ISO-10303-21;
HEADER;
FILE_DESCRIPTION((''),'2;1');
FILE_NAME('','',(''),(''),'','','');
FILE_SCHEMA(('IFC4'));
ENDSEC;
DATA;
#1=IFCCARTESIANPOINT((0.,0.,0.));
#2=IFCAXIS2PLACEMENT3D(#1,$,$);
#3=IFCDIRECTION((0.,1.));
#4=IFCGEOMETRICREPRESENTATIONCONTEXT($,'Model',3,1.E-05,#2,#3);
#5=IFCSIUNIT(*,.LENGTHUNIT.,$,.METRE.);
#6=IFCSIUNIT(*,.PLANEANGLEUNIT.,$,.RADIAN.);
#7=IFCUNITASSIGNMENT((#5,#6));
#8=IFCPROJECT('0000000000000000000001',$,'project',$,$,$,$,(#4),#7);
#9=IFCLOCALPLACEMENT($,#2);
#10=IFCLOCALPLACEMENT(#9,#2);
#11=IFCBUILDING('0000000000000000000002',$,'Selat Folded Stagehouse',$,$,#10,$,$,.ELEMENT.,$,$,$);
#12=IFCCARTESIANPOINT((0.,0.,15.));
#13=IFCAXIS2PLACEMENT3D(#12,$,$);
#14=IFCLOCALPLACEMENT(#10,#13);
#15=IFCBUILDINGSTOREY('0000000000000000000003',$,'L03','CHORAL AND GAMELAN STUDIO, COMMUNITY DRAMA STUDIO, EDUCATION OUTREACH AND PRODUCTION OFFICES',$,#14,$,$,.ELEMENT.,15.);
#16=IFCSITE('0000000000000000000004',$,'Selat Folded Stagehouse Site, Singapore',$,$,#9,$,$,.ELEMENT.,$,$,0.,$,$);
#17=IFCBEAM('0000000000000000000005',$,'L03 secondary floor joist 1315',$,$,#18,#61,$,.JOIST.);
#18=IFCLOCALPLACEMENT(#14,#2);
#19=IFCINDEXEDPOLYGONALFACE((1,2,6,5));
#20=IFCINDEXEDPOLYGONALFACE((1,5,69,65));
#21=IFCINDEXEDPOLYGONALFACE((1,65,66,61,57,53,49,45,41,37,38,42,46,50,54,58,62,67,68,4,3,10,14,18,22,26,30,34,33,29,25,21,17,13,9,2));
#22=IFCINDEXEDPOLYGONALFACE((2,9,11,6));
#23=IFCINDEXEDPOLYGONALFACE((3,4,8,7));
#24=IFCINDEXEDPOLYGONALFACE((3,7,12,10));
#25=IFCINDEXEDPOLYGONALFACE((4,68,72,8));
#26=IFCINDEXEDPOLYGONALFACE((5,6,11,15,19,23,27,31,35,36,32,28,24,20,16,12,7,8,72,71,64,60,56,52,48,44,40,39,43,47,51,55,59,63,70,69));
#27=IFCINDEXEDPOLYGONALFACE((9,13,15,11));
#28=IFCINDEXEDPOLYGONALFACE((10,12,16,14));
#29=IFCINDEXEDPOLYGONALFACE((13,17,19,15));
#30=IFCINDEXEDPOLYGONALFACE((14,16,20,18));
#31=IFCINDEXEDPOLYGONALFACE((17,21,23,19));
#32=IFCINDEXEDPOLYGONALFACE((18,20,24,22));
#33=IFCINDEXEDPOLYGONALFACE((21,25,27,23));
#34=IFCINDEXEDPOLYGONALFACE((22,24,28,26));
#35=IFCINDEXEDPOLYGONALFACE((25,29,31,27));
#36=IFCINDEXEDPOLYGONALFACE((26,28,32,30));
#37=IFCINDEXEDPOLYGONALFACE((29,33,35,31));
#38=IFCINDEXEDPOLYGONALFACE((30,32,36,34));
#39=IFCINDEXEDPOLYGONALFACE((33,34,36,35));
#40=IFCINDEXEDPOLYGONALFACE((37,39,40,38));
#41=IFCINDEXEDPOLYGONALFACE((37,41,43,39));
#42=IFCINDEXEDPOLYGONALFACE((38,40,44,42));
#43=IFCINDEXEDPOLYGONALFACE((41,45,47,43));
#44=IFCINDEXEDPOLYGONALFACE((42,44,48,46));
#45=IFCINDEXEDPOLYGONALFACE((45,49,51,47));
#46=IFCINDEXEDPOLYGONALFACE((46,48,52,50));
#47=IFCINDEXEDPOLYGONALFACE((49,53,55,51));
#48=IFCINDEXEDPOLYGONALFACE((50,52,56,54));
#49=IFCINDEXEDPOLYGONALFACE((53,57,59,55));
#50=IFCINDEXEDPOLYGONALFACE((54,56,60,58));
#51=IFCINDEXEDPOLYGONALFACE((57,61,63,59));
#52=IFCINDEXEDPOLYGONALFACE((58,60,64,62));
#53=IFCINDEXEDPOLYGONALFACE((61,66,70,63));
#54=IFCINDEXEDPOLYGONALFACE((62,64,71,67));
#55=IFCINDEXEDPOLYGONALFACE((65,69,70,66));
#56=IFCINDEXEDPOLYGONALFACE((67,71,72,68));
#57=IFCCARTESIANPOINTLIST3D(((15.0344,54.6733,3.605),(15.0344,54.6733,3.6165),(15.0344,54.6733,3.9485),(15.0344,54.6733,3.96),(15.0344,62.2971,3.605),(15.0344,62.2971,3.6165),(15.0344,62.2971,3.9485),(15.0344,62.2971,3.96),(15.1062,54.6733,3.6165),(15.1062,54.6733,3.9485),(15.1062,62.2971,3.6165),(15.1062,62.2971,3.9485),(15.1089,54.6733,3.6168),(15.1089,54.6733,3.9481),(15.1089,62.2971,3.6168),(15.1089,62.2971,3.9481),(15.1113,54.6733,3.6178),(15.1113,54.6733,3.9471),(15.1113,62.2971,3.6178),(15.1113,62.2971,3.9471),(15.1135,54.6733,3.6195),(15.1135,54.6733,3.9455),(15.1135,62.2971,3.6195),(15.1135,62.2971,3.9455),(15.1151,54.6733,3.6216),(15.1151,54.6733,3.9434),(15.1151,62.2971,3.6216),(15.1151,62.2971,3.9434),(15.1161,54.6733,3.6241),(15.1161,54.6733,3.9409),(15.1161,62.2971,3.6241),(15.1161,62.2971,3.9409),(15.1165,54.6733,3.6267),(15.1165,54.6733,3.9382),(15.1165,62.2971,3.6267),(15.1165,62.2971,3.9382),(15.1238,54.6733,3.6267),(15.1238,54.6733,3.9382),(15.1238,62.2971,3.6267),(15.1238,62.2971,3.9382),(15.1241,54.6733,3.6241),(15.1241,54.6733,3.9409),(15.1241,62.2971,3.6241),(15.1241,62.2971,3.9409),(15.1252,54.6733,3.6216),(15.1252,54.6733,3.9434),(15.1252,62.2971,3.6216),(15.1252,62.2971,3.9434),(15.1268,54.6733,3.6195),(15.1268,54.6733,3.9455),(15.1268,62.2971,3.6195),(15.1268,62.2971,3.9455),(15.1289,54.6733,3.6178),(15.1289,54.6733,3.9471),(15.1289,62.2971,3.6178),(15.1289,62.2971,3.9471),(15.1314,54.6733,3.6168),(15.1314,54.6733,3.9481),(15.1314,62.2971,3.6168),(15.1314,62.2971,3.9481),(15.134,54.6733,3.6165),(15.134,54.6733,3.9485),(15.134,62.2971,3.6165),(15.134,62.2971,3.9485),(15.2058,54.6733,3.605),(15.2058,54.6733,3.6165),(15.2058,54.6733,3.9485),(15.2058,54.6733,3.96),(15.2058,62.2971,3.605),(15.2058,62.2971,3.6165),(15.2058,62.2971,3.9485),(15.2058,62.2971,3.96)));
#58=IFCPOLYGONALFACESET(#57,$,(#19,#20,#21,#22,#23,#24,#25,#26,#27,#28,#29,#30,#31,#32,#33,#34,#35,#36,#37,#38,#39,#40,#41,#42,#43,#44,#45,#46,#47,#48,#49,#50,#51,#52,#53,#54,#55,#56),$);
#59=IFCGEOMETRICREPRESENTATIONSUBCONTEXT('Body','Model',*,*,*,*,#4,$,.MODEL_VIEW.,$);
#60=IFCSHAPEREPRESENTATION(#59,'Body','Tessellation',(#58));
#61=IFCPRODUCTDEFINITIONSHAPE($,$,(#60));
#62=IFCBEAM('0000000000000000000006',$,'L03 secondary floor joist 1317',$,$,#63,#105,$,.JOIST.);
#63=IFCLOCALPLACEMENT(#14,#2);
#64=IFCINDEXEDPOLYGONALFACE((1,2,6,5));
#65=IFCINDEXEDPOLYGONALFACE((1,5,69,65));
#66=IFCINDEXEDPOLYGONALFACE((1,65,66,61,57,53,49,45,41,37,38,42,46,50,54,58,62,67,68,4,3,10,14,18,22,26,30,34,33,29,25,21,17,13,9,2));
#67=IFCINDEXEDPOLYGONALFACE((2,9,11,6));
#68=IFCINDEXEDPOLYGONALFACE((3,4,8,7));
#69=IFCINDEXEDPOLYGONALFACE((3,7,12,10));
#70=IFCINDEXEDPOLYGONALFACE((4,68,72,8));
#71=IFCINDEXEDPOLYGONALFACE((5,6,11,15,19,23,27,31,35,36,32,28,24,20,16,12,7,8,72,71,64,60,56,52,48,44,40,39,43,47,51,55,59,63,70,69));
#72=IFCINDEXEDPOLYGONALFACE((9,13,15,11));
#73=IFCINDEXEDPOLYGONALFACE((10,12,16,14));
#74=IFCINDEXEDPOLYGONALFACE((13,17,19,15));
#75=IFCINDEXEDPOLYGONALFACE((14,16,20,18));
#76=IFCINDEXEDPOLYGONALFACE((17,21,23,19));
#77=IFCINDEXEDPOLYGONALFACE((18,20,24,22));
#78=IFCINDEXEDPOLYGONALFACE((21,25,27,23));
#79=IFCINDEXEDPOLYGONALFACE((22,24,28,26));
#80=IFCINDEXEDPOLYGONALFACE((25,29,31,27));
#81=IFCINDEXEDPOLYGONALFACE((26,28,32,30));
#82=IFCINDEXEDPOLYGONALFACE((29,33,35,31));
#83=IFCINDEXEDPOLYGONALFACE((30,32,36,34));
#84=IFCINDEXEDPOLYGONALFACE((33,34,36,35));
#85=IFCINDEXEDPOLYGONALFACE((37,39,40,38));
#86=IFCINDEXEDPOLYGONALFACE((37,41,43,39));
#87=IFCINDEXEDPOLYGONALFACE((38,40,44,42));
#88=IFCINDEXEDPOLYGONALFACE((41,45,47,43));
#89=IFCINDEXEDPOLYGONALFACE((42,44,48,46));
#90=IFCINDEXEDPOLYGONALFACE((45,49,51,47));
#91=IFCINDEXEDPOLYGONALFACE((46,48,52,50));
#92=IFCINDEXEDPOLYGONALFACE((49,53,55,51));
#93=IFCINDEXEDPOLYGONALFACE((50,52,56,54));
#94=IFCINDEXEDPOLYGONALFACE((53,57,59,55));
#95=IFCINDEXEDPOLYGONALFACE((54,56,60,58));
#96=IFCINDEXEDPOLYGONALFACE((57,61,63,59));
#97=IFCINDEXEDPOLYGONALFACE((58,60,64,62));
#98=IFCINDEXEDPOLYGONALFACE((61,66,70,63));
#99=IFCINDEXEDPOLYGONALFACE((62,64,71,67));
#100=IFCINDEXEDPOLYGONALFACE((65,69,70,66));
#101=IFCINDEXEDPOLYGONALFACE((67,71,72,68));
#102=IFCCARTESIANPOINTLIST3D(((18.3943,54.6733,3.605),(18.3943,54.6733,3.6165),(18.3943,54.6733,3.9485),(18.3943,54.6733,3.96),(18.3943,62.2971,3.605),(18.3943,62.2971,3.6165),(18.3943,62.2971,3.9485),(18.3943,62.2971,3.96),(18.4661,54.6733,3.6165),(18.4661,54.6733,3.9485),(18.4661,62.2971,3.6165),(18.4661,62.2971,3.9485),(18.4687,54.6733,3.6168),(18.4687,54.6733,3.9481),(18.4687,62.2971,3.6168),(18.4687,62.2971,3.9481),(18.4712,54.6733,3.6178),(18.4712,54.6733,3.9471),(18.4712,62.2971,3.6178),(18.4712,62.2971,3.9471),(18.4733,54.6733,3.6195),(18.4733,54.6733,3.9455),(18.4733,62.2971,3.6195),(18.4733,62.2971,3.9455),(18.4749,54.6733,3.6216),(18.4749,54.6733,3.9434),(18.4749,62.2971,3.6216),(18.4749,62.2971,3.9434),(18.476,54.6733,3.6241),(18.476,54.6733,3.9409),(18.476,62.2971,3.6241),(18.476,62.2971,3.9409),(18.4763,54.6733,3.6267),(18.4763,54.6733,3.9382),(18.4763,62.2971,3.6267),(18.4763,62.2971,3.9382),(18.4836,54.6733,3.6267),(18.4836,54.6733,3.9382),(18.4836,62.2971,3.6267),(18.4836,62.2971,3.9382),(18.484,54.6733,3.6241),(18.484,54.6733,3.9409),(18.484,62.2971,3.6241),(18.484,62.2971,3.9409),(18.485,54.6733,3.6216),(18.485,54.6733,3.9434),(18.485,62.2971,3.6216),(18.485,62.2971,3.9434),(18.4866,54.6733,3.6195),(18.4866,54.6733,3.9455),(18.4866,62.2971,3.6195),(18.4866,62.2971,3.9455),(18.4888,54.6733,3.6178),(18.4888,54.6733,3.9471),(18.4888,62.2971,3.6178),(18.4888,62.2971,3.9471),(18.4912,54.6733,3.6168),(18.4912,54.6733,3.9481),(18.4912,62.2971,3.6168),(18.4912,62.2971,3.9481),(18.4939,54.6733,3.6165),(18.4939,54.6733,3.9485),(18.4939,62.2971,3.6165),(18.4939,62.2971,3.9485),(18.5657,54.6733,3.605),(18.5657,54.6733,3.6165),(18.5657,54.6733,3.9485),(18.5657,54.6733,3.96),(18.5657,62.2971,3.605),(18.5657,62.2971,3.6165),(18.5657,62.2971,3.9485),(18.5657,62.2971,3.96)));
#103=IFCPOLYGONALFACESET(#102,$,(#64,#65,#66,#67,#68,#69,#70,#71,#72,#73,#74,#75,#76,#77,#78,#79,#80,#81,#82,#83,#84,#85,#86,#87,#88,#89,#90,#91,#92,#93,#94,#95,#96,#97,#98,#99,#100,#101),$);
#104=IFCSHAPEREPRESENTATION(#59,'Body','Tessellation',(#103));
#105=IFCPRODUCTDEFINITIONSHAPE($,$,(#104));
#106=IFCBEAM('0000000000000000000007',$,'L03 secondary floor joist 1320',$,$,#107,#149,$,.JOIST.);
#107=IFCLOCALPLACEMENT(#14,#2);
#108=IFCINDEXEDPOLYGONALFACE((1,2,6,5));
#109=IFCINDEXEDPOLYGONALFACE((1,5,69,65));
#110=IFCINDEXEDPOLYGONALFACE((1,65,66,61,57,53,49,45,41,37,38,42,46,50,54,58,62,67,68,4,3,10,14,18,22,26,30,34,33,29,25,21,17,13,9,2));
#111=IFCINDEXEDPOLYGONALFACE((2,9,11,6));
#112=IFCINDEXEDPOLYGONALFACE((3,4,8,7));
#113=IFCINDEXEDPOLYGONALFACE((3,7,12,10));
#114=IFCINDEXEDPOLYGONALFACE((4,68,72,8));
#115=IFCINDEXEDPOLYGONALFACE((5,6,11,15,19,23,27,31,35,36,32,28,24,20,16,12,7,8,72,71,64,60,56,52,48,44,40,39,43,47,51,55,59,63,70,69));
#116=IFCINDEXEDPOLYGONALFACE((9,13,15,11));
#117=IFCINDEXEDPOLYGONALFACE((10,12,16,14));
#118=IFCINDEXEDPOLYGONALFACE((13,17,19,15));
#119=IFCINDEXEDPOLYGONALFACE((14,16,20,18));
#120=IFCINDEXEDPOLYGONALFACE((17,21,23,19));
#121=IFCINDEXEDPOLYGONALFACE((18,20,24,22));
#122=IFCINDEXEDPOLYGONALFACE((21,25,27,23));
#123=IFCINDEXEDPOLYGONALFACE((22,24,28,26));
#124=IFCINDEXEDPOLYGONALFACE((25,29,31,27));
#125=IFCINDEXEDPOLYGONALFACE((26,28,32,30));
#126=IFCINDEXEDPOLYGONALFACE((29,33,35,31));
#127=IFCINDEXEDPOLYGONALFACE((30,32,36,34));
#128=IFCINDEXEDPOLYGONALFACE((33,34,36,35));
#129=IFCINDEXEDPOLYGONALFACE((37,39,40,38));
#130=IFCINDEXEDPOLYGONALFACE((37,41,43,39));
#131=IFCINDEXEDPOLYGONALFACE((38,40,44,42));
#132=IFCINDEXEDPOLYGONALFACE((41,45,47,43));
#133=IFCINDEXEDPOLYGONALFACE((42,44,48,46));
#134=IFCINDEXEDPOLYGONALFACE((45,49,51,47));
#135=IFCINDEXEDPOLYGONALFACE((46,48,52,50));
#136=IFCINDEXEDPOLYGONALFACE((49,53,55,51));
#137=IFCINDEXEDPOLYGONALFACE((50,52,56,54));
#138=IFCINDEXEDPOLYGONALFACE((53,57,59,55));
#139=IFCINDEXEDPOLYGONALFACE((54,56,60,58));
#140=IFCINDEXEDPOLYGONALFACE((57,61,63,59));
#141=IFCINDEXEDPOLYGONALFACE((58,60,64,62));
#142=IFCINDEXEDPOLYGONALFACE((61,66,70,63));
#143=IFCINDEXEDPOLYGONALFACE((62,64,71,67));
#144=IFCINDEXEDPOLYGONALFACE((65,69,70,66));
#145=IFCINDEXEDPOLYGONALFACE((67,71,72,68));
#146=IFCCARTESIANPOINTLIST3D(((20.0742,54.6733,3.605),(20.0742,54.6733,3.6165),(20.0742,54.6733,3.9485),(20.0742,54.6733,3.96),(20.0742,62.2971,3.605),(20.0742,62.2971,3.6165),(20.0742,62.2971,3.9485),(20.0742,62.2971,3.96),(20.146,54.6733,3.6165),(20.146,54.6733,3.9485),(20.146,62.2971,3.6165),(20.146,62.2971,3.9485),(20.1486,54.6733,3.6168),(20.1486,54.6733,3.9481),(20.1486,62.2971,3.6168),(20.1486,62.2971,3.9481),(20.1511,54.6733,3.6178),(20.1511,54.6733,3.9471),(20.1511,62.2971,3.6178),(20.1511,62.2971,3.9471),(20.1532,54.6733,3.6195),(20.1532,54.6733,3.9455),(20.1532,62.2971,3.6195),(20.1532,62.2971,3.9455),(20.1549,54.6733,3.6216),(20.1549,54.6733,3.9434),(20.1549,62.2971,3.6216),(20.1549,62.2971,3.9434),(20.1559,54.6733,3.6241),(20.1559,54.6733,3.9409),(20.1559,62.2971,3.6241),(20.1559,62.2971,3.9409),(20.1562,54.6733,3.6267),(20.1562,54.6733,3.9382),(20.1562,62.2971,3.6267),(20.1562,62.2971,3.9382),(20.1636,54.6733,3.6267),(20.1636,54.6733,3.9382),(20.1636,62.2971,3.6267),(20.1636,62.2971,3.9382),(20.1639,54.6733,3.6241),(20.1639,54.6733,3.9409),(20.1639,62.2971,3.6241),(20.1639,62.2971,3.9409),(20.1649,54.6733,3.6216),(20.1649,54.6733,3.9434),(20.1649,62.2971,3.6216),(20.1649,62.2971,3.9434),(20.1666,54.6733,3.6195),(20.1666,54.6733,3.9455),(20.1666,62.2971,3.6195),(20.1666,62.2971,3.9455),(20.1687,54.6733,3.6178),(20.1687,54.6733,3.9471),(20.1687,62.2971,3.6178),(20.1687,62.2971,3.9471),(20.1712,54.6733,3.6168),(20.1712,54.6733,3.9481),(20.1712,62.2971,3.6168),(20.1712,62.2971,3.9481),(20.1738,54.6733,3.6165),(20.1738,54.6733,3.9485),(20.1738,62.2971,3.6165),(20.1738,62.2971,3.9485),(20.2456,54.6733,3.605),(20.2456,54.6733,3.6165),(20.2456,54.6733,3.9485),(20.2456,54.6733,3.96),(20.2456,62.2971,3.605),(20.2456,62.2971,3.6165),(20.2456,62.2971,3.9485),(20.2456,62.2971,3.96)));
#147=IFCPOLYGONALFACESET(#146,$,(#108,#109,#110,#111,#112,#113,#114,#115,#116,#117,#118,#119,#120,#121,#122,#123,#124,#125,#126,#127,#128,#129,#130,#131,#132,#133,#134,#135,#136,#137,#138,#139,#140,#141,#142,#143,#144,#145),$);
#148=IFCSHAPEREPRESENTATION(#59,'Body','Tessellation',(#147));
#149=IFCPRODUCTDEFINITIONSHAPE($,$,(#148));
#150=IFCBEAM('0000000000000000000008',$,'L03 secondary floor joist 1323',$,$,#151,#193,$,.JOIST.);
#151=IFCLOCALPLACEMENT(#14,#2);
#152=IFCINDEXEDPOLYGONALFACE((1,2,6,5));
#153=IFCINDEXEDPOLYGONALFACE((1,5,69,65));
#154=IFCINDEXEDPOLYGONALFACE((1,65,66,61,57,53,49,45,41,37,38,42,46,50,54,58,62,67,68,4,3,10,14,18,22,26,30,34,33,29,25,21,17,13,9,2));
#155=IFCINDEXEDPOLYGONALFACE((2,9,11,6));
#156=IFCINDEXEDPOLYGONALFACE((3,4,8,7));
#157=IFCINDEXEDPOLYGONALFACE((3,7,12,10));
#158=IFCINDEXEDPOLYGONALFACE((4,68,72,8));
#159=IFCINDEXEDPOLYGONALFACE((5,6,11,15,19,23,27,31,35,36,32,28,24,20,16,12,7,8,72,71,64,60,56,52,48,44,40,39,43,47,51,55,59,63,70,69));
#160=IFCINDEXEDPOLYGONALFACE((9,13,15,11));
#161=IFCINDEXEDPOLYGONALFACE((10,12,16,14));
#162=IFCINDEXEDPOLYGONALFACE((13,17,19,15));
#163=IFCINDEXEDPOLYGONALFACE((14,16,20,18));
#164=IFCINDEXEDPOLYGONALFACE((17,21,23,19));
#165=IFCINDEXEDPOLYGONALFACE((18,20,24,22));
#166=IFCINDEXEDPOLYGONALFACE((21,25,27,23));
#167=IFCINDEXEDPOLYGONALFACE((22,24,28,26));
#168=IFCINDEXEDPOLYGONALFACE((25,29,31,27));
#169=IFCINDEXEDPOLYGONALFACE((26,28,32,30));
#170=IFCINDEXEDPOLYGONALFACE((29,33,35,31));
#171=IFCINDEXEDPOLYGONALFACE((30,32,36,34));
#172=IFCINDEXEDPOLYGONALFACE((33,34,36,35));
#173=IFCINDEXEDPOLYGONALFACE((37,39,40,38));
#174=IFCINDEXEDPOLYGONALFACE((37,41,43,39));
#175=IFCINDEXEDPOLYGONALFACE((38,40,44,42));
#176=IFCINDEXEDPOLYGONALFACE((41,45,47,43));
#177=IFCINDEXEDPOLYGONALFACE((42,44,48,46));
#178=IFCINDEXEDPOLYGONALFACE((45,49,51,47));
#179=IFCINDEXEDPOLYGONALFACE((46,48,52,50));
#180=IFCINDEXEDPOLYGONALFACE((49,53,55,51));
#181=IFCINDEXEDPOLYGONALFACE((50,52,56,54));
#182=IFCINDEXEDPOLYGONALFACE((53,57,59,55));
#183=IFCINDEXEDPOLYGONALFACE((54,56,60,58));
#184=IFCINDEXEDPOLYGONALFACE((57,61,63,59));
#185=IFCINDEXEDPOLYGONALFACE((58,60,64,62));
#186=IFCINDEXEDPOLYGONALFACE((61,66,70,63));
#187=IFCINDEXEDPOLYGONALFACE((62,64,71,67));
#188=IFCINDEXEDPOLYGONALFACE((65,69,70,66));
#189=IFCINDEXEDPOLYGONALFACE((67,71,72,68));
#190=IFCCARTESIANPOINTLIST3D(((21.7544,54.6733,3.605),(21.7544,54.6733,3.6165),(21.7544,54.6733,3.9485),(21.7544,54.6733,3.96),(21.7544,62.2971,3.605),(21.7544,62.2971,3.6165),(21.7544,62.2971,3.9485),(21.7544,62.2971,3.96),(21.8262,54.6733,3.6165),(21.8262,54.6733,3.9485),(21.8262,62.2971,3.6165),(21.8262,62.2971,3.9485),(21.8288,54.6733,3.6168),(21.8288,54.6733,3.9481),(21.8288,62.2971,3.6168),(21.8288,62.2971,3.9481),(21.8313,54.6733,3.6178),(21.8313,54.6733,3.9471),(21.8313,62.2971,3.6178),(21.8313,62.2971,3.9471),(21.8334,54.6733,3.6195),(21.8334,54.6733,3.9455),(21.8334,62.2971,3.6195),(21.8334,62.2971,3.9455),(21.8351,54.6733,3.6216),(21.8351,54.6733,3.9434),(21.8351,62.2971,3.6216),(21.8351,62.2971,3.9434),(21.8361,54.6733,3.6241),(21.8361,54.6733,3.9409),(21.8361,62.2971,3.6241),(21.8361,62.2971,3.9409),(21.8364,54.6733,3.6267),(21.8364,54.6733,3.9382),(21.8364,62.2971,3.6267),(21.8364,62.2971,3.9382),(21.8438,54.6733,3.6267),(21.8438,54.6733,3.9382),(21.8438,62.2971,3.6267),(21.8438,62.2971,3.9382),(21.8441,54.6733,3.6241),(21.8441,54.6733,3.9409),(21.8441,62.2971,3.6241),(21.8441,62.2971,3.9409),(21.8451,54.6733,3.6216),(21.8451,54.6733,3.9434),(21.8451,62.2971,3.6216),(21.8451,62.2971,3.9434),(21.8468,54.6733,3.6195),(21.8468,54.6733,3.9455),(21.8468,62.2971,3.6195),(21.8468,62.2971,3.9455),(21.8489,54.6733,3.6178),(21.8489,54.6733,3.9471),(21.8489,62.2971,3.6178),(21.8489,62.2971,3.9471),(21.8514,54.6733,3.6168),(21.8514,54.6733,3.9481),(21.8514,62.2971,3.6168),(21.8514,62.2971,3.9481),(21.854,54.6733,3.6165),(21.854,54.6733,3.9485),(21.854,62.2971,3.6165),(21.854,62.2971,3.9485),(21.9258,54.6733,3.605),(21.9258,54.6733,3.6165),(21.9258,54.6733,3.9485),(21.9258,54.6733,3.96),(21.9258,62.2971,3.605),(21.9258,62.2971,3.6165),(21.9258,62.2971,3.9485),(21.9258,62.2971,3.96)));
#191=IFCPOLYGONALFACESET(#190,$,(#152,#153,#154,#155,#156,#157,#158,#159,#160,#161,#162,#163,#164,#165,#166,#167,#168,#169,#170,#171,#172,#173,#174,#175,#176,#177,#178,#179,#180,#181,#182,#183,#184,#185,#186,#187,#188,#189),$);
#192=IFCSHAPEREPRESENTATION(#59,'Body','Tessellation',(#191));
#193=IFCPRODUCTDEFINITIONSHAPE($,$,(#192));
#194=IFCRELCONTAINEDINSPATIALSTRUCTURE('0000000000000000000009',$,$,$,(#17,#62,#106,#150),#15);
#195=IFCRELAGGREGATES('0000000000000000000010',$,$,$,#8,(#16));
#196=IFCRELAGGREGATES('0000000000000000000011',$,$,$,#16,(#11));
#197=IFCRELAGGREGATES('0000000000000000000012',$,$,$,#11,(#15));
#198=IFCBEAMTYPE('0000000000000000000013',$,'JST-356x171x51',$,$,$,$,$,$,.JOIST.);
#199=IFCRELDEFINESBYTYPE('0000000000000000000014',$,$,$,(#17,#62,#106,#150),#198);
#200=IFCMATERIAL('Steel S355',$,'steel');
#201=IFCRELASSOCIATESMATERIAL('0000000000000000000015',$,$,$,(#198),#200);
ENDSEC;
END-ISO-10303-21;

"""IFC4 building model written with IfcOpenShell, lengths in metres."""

from ifc_helpers import new_model, si_unit, direction, frame, origin, origin_2d, place, context, subcontext, project, spatial, i_section, extrude, material, material_profile, profile_set, type_object, element, save


model = new_model("IFC4")

# Units and contexts
model_context = context("Model", 3, precision=1e-05, world=origin(), true_north=direction((0.0, 1.0)))
body_context = subcontext(model_context, "Body", "Model", "MODEL_VIEW")
ifc_project = project(units=[si_unit("LENGTHUNIT", "METRE"), si_unit("PLANEANGLEUNIT", "RADIAN")], contexts=[model_context])

# Site, building, storey
site_placement = place(None, origin())
site = spatial("IfcSite", under=ifc_project, at=site_placement, Name="Selat Folded Stagehouse Site, Singapore", CompositionType="ELEMENT", RefElevation=0.0)
building_placement = place(site_placement, origin())
building = spatial("IfcBuilding", under=site, at=building_placement, Name="Selat Folded Stagehouse", CompositionType="ELEMENT")
storey_placement = place(building_placement, frame((0.0, 0.0, 15.0)))
storey = spatial("IfcBuildingStorey", under=building, at=storey_placement, Name="L03", Description="CHORAL AND GAMELAN STUDIO, COMMUNITY DRAMA STUDIO, EDUCATION OUTREACH AND PRODUCTION OFFICES", CompositionType="ELEMENT", Elevation=15.0)

# Shared definitions
ifc_material_1 = material(Name="Steel S355", Category="steel")

# Beams
ifc_material_profile_1 = material_profile(ifc_material_1, i_section(OverallWidth=0.1714, OverallDepth=0.355, WebThickness=0.0073, FlangeThickness=0.0115, FilletRadius=0.0103, at=origin_2d()), Name="UKB 356x171x51")
ifc_profile_set_1 = profile_set([ifc_material_profile_1], Name="Steel S355")
beam_type_1 = type_object("IfcBeamType", Name="JST-356x171x51", PredefinedType="JOIST", material=ifc_profile_set_1)
for number, where, z_axis, x_axis, name in (
    (1, (15.1201, 54.6733, 3.7825), (0.0, 1.0, 0.0), (-1.0, 0.0, 0.0), "L03 secondary floor joist 1315"),
    (2, (18.48, 54.6733, 3.7825), (0.0, 1.0, 0.0), (-1.0, 0.0, 0.0), "L03 secondary floor joist 1317"),
    (3, (20.1599, 54.6733, 3.7825), (0.0, 1.0, 0.0), (-1.0, 0.0, 0.0), "L03 secondary floor joist 1320"),
    (4, (21.8401, 54.6733, 3.7825), (0.0, 1.0, 0.0), (-1.0, 0.0, 0.0), "L03 secondary floor joist 1323"),
):
    element("IfcBeam", number, at=place(storey_placement, frame(where, z_axis=z_axis, x_axis=x_axis)), inside=storey, type_object=beam_type_1, Name=name, PredefinedType="JOIST", context=body_context, shape_type="SweptSolid", body=[
        extrude(i_section(OverallWidth=0.1714, OverallDepth=0.355, WebThickness=0.0073, FlangeThickness=0.0115, FilletRadius=0.0103, at=origin_2d()), origin(), (0.0, 0.0, 1.0), 7.6238),
    ])

save(model, "model.ifc")
